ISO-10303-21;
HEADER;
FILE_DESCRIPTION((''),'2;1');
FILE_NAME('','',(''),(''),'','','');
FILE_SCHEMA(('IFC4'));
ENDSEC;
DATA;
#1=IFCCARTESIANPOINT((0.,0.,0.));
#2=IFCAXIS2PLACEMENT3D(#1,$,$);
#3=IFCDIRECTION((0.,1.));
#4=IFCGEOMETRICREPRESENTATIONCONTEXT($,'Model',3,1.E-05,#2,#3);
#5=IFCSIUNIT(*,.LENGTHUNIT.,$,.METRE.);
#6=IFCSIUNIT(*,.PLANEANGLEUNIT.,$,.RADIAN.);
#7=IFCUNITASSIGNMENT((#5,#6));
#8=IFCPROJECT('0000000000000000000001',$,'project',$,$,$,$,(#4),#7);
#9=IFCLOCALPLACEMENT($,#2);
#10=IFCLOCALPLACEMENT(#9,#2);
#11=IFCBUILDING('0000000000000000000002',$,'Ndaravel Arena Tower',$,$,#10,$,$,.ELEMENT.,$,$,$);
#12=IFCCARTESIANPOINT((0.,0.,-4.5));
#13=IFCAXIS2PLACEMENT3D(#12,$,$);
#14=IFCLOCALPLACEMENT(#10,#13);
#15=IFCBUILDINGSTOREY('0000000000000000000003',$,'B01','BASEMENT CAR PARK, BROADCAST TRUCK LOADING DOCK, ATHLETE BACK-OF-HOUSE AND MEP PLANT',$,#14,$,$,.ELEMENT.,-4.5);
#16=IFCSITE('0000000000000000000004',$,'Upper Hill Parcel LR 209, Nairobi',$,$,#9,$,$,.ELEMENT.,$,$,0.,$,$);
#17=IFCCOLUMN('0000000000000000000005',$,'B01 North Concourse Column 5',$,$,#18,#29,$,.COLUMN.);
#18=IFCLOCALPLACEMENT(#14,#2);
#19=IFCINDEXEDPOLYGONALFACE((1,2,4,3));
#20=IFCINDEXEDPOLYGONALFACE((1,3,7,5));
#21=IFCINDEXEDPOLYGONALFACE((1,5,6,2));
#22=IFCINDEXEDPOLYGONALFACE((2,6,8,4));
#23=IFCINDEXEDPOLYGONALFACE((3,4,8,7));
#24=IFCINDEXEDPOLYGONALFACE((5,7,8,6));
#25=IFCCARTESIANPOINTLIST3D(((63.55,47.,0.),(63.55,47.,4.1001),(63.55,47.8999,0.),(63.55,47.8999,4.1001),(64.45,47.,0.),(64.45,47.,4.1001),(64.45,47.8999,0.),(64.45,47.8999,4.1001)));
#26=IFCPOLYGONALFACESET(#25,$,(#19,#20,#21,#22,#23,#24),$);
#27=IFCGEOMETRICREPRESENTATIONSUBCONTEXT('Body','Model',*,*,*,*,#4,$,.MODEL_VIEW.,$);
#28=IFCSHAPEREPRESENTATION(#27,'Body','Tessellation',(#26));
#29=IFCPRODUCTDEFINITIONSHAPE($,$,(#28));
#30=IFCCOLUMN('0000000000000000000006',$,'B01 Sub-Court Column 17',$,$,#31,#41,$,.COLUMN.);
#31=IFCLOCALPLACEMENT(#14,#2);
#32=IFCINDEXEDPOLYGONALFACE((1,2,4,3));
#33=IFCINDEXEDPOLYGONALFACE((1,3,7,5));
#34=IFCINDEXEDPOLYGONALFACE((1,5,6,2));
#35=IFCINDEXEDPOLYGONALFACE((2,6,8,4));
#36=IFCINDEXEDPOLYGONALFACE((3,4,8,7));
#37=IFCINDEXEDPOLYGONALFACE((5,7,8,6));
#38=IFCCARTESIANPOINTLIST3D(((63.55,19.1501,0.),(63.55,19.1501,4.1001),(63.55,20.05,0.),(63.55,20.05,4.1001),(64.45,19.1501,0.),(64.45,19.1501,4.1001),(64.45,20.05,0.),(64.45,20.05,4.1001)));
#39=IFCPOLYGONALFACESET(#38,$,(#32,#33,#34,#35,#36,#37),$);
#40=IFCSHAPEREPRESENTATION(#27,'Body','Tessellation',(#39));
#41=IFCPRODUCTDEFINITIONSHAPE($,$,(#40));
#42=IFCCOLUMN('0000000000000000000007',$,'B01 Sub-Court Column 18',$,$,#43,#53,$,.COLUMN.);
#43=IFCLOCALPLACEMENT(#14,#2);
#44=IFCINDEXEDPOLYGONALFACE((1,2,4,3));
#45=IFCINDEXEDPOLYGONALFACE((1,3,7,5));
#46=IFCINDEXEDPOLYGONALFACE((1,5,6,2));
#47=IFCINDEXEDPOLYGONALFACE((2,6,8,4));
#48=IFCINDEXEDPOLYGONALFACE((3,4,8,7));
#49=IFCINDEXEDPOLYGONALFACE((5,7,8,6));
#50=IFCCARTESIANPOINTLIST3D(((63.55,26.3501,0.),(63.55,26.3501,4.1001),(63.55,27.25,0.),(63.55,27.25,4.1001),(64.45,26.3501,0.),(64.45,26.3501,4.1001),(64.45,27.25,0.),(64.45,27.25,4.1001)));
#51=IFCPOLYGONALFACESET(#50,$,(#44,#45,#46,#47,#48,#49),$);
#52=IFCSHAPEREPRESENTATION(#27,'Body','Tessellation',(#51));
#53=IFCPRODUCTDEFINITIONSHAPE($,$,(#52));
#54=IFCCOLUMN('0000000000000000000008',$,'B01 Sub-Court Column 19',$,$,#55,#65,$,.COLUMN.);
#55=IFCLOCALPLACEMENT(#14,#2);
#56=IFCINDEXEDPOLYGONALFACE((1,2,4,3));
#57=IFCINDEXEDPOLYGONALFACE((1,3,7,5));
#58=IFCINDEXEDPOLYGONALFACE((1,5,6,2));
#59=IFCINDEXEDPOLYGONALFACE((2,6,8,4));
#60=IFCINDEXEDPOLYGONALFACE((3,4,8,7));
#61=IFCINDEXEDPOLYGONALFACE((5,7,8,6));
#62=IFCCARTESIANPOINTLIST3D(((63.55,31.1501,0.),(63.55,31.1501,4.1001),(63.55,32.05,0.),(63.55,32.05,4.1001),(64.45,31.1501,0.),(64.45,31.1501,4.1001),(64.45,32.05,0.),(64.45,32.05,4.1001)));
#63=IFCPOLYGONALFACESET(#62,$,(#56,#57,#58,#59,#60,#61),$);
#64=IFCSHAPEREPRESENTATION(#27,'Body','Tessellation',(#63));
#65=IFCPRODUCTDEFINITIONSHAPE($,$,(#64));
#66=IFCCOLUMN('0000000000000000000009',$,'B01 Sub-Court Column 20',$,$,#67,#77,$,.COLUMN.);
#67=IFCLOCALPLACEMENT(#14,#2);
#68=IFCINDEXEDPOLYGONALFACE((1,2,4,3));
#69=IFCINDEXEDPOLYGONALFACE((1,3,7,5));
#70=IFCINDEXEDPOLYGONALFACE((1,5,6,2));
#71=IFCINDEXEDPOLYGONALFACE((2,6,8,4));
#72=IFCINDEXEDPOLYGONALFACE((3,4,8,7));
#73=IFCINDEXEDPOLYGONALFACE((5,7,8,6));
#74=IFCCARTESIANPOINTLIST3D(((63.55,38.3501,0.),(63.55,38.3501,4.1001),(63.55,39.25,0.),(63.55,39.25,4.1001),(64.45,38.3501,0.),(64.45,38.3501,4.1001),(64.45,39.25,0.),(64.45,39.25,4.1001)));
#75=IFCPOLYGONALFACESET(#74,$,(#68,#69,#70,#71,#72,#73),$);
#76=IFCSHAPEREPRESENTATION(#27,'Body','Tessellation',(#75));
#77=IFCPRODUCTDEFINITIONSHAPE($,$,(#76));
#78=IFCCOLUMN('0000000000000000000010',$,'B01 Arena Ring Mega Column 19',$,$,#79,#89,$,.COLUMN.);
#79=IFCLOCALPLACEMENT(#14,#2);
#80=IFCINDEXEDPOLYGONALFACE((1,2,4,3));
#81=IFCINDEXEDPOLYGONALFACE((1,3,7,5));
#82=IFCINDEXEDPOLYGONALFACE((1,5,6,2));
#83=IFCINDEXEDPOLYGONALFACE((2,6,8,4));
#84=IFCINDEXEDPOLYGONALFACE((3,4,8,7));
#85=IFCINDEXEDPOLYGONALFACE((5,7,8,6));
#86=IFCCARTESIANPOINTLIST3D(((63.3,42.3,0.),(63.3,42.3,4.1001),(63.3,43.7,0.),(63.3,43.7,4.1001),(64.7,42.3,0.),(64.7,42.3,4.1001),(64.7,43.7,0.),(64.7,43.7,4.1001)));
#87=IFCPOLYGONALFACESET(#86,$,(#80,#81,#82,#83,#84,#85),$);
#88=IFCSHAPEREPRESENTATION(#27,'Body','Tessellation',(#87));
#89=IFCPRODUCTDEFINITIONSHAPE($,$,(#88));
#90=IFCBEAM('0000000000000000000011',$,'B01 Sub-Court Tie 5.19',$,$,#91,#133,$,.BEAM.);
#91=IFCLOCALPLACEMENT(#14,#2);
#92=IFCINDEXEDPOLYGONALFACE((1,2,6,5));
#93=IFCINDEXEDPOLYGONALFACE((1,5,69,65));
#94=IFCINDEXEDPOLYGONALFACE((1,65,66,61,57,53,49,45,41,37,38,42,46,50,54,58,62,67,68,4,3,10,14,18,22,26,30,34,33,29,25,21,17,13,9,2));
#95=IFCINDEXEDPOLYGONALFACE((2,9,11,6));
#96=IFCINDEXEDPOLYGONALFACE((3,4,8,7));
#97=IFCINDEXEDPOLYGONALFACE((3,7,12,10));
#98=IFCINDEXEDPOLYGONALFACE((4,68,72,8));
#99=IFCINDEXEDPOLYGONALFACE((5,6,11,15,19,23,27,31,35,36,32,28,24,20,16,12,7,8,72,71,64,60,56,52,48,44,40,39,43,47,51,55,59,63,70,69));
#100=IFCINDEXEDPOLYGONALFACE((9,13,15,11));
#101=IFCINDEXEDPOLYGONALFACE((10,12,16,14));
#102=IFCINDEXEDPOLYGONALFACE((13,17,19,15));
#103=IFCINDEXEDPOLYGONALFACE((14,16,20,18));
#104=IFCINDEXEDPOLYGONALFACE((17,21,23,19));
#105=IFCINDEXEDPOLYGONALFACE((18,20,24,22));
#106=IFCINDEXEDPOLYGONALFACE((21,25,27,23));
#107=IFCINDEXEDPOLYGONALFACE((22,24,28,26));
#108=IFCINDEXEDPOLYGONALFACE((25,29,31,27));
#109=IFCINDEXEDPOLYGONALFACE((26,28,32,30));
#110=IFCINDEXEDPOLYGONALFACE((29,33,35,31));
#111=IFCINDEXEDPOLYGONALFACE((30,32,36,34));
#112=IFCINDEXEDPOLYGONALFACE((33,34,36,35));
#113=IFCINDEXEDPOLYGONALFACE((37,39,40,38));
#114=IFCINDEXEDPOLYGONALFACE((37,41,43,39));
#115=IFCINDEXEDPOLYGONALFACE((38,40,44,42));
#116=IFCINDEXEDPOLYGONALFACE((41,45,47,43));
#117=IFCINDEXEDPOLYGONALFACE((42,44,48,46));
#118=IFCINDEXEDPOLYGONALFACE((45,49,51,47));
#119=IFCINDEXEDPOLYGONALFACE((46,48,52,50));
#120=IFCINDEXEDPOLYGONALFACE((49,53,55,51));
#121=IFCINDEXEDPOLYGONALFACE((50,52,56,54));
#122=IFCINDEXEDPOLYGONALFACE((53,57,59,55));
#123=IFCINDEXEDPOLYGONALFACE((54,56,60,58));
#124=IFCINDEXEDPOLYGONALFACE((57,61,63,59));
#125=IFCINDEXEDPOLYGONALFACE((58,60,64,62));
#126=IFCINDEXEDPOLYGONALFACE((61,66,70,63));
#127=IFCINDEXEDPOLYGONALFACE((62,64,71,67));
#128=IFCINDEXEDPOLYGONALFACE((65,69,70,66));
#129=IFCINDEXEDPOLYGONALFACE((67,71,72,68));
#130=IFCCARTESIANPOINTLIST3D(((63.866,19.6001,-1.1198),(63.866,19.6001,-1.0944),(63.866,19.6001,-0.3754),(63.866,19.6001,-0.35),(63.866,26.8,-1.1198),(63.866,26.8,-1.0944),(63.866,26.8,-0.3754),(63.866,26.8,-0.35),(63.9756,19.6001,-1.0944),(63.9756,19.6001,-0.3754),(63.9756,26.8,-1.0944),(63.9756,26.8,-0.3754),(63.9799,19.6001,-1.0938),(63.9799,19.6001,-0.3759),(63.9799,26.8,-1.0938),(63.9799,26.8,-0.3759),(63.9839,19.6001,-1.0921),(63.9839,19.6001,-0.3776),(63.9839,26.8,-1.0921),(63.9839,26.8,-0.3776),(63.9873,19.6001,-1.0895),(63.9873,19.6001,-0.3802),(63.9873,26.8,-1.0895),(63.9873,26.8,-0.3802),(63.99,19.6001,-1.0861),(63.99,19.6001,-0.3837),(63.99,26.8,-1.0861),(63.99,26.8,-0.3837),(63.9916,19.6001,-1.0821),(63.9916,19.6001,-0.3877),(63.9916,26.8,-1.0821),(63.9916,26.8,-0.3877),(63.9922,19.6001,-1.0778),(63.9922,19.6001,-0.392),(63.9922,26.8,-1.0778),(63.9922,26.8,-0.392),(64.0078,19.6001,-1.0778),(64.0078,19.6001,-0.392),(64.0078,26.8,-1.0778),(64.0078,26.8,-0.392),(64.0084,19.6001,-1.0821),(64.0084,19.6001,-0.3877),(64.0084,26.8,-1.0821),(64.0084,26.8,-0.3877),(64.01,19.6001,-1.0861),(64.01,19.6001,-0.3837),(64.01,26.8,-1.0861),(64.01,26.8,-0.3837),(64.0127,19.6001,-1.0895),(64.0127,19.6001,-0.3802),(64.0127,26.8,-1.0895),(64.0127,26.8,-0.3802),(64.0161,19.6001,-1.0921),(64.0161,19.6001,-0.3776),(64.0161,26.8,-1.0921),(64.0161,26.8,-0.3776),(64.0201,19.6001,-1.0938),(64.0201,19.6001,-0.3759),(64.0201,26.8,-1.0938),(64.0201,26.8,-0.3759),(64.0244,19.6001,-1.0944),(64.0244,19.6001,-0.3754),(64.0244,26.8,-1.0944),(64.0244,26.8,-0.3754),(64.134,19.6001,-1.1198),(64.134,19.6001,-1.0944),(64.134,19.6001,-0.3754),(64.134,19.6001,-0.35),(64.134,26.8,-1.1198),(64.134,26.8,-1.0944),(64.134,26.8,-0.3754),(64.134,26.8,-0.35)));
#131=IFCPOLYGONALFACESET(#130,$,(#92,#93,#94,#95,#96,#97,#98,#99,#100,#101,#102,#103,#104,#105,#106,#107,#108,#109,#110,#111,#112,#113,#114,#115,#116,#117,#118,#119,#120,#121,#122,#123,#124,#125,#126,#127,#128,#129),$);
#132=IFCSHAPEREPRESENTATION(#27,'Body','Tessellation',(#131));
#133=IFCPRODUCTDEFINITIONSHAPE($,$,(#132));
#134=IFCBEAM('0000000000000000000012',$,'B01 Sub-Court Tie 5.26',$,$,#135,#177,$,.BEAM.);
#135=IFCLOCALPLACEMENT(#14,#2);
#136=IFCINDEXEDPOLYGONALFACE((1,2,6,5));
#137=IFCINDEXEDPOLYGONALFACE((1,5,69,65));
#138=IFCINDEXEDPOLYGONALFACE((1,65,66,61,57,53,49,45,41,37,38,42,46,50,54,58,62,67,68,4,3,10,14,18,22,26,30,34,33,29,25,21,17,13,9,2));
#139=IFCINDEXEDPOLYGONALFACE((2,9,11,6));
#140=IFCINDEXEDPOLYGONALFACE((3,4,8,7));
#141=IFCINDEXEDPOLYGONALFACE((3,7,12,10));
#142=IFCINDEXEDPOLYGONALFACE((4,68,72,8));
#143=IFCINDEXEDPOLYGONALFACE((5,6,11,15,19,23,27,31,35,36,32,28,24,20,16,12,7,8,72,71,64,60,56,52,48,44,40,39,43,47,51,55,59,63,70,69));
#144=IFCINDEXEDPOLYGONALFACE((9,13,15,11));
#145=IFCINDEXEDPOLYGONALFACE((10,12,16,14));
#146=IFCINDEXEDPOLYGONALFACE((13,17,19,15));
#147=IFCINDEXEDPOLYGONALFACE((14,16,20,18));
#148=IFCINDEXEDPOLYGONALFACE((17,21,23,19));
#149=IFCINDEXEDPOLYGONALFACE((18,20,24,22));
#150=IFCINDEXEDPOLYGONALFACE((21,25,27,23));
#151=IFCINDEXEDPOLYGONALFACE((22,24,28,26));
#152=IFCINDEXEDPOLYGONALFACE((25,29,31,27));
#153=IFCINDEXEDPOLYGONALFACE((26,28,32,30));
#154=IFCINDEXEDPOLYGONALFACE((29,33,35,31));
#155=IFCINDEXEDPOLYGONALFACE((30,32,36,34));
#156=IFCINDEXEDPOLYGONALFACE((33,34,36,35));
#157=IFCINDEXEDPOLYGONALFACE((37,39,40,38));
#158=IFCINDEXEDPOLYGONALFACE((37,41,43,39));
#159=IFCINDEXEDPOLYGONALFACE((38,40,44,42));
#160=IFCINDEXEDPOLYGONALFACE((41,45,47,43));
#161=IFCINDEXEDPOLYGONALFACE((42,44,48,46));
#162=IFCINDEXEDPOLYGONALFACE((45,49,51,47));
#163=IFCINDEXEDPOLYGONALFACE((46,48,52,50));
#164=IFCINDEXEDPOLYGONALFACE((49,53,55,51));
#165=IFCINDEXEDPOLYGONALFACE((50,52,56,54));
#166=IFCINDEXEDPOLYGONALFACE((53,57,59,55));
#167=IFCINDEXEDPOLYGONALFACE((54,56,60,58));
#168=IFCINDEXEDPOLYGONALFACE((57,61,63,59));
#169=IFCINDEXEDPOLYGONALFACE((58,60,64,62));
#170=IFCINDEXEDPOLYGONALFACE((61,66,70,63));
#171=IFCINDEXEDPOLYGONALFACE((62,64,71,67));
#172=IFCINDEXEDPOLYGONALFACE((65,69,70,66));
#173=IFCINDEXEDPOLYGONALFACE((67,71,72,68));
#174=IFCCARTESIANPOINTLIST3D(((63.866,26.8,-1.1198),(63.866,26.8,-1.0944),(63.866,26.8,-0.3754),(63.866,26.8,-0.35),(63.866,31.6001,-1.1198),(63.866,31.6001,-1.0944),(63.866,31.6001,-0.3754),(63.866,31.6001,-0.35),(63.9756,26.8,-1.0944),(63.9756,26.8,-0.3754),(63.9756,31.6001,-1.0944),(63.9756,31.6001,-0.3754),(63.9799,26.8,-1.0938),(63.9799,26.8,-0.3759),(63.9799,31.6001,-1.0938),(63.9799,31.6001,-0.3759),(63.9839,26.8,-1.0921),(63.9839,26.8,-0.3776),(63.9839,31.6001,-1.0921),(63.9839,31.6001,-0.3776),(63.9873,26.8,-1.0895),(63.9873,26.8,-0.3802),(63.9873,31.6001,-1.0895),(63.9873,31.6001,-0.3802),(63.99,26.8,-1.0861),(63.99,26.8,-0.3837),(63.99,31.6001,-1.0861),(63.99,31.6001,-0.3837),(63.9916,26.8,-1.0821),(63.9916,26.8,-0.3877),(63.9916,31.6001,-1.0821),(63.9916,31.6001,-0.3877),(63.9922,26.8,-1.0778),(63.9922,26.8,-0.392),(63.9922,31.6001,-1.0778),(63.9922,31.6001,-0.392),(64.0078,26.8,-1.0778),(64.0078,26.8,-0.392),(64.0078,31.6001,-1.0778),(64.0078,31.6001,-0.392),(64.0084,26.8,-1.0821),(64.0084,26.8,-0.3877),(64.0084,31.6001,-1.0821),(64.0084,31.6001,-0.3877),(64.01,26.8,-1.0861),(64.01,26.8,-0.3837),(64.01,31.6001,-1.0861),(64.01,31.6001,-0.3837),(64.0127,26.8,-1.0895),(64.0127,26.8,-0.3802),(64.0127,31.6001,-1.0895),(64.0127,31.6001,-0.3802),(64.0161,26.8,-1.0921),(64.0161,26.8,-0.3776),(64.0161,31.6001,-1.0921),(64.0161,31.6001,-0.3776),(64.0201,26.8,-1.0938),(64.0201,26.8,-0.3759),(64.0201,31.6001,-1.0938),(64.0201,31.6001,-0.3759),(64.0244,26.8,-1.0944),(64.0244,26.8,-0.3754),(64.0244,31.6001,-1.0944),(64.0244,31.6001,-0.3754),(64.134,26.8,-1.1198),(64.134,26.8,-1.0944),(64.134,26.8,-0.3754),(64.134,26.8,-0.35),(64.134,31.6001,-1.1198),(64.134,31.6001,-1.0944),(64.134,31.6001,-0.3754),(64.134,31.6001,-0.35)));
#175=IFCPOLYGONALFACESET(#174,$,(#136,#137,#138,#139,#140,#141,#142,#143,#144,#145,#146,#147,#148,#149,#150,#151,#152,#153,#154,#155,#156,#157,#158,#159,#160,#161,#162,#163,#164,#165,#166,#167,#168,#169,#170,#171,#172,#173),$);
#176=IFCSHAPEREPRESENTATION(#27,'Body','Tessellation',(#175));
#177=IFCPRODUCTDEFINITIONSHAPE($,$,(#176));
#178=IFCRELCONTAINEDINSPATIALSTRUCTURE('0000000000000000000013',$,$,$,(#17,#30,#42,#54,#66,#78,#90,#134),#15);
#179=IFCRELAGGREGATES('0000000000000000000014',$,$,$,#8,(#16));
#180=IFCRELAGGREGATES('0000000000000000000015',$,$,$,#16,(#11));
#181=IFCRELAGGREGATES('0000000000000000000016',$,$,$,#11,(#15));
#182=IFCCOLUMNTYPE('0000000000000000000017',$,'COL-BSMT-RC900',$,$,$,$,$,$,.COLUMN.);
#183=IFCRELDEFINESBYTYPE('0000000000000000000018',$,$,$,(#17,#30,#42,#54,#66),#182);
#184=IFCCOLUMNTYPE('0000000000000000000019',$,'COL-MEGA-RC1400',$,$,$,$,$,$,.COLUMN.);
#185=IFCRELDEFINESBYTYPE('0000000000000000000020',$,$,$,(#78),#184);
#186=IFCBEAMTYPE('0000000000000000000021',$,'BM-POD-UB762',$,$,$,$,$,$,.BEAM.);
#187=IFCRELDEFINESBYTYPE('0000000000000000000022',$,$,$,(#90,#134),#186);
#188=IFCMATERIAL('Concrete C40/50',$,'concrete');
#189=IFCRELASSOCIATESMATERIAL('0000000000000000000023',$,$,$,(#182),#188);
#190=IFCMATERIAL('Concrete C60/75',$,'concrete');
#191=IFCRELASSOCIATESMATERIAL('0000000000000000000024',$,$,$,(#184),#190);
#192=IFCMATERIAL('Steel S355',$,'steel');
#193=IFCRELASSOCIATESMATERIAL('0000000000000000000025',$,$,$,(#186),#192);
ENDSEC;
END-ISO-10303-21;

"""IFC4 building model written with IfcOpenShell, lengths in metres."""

from ifc_helpers import new_model, si_unit, direction, frame, origin, origin_2d, place, context, subcontext, project, spatial, rectangle, i_section, extrude, material, material_profile, profile_set, type_object, element, save


model = new_model("IFC4")

# Units and contexts
model_context = context("Model", 3, precision=1e-05, world=origin(), true_north=direction((0.0, 1.0)))
body_context = subcontext(model_context, "Body", "Model", "MODEL_VIEW")
ifc_project = project(units=[si_unit("LENGTHUNIT", "METRE"), si_unit("PLANEANGLEUNIT", "RADIAN")], contexts=[model_context])

# Site, building, storey
site_placement = place(None, origin())
site = spatial("IfcSite", under=ifc_project, at=site_placement, Name="Upper Hill Parcel LR 209, Nairobi", CompositionType="ELEMENT", RefElevation=0.0)
building_placement = place(site_placement, origin())
building = spatial("IfcBuilding", under=site, at=building_placement, Name="Ndaravel Arena Tower", CompositionType="ELEMENT")
storey_placement = place(building_placement, frame((0.0, 0.0, -4.5)))
storey = spatial("IfcBuildingStorey", under=building, at=storey_placement, Name="B01", Description="BASEMENT CAR PARK, BROADCAST TRUCK LOADING DOCK, ATHLETE BACK-OF-HOUSE AND MEP PLANT", CompositionType="ELEMENT", Elevation=-4.5)

# Columns
ifc_material_1 = material(Name="Concrete C40/50", Category="concrete")
ifc_material_profile_1 = material_profile(ifc_material_1, rectangle(XDim=0.8999, YDim=0.8999, at=origin_2d()), Name="RC 900x900")
ifc_profile_set_1 = profile_set([ifc_material_profile_1], Name="Concrete C40/50")
column_type_1 = type_object("IfcColumnType", Name="COL-BSMT-RC900", PredefinedType="COLUMN", material=ifc_profile_set_1)
for number, where, z_axis, x_axis, name in (
    (1, (64.0, 47.45, 0.0), (0.0, 0.0, 1.0), (1.0, 0.0, 0.0), "B01 North Concourse Column 5"),
    (2, (64.0, 19.6001, 0.0), (0.0, 0.0, 1.0), (1.0, 0.0, 0.0), "B01 Sub-Court Column 17"),
    (3, (64.0, 26.8, 0.0), (0.0, 0.0, 1.0), (1.0, 0.0, 0.0), "B01 Sub-Court Column 18"),
    (4, (64.0, 31.6001, 0.0), (0.0, 0.0, 1.0), (1.0, 0.0, 0.0), "B01 Sub-Court Column 19"),
    (5, (64.0, 38.8, 0.0), (0.0, 0.0, 1.0), (1.0, 0.0, 0.0), "B01 Sub-Court Column 20"),
):
    element("IfcColumn", number, at=place(storey_placement, frame(where, z_axis=z_axis, x_axis=x_axis)), inside=storey, type_object=column_type_1, Name=name, PredefinedType="COLUMN", context=body_context, shape_type="SweptSolid", body=[
        extrude(rectangle(XDim=0.8999, YDim=0.8999, at=origin_2d()), origin(), (0.0, 0.0, 1.0), 4.1001),
    ])
ifc_material_2 = material(Name="Concrete C60/75", Category="concrete")
ifc_material_profile_2 = material_profile(ifc_material_2, rectangle(XDim=1.3999, YDim=1.3999, at=origin_2d()), Name="RC 1400x1400")
ifc_profile_set_2 = profile_set([ifc_material_profile_2], Name="Concrete C60/75")
column_type_2 = type_object("IfcColumnType", Name="COL-MEGA-RC1400", PredefinedType="COLUMN", material=ifc_profile_set_2)
column_placement = place(storey_placement, frame((64.0, 43.0, 0.0), z_axis=(0.0, 0.0, 1.0), x_axis=(1.0, 0.0, 0.0)))
element("IfcColumn", 6, at=column_placement, inside=storey, type_object=column_type_2, Name="B01 Arena Ring Mega Column 19", PredefinedType="COLUMN", context=body_context, shape_type="SweptSolid", body=[
    extrude(rectangle(XDim=1.3999, YDim=1.3999, at=origin_2d()), origin(), (0.0, 0.0, 1.0), 4.1001),
])

# Beams
ifc_material_3 = material(Name="Steel S355", Category="steel")
ifc_material_profile_3 = material_profile(ifc_material_3, i_section(OverallWidth=0.2681, OverallDepth=0.7698, WebThickness=0.0156, FlangeThickness=0.0254, FilletRadius=0.0166, at=origin_2d()), Name="UB 762x267x197")
ifc_profile_set_3 = profile_set([ifc_material_profile_3], Name="Steel S355")
beam_type_1 = type_object("IfcBeamType", Name="BM-POD-UB762", PredefinedType="BEAM", material=ifc_profile_set_3)
beam_1_placement = place(storey_placement, frame((64.0, 19.6001, -0.7349), z_axis=(0.0, 1.0, 0.0), x_axis=(-1.0, 0.0, 0.0)))
element("IfcBeam", 7, at=beam_1_placement, inside=storey, type_object=beam_type_1, Name="B01 Sub-Court Tie 5.19", PredefinedType="BEAM", context=body_context, shape_type="SweptSolid", body=[
    extrude(i_section(OverallWidth=0.2681, OverallDepth=0.7698, WebThickness=0.0156, FlangeThickness=0.0254, FilletRadius=0.0166, at=origin_2d()), origin(), (0.0, 0.0, 1.0), 7.2),
])
beam_2_placement = place(storey_placement, frame((64.0, 26.8, -0.7349), z_axis=(0.0, 1.0, 0.0), x_axis=(-1.0, 0.0, 0.0)))
element("IfcBeam", 8, at=beam_2_placement, inside=storey, type_object=beam_type_1, Name="B01 Sub-Court Tie 5.26", PredefinedType="BEAM", context=body_context, shape_type="SweptSolid", body=[
    extrude(i_section(OverallWidth=0.2681, OverallDepth=0.7698, WebThickness=0.0156, FlangeThickness=0.0254, FilletRadius=0.0166, at=origin_2d()), origin(), (0.0, 0.0, 1.0), 4.8),
])

save(model, "model.ifc")
